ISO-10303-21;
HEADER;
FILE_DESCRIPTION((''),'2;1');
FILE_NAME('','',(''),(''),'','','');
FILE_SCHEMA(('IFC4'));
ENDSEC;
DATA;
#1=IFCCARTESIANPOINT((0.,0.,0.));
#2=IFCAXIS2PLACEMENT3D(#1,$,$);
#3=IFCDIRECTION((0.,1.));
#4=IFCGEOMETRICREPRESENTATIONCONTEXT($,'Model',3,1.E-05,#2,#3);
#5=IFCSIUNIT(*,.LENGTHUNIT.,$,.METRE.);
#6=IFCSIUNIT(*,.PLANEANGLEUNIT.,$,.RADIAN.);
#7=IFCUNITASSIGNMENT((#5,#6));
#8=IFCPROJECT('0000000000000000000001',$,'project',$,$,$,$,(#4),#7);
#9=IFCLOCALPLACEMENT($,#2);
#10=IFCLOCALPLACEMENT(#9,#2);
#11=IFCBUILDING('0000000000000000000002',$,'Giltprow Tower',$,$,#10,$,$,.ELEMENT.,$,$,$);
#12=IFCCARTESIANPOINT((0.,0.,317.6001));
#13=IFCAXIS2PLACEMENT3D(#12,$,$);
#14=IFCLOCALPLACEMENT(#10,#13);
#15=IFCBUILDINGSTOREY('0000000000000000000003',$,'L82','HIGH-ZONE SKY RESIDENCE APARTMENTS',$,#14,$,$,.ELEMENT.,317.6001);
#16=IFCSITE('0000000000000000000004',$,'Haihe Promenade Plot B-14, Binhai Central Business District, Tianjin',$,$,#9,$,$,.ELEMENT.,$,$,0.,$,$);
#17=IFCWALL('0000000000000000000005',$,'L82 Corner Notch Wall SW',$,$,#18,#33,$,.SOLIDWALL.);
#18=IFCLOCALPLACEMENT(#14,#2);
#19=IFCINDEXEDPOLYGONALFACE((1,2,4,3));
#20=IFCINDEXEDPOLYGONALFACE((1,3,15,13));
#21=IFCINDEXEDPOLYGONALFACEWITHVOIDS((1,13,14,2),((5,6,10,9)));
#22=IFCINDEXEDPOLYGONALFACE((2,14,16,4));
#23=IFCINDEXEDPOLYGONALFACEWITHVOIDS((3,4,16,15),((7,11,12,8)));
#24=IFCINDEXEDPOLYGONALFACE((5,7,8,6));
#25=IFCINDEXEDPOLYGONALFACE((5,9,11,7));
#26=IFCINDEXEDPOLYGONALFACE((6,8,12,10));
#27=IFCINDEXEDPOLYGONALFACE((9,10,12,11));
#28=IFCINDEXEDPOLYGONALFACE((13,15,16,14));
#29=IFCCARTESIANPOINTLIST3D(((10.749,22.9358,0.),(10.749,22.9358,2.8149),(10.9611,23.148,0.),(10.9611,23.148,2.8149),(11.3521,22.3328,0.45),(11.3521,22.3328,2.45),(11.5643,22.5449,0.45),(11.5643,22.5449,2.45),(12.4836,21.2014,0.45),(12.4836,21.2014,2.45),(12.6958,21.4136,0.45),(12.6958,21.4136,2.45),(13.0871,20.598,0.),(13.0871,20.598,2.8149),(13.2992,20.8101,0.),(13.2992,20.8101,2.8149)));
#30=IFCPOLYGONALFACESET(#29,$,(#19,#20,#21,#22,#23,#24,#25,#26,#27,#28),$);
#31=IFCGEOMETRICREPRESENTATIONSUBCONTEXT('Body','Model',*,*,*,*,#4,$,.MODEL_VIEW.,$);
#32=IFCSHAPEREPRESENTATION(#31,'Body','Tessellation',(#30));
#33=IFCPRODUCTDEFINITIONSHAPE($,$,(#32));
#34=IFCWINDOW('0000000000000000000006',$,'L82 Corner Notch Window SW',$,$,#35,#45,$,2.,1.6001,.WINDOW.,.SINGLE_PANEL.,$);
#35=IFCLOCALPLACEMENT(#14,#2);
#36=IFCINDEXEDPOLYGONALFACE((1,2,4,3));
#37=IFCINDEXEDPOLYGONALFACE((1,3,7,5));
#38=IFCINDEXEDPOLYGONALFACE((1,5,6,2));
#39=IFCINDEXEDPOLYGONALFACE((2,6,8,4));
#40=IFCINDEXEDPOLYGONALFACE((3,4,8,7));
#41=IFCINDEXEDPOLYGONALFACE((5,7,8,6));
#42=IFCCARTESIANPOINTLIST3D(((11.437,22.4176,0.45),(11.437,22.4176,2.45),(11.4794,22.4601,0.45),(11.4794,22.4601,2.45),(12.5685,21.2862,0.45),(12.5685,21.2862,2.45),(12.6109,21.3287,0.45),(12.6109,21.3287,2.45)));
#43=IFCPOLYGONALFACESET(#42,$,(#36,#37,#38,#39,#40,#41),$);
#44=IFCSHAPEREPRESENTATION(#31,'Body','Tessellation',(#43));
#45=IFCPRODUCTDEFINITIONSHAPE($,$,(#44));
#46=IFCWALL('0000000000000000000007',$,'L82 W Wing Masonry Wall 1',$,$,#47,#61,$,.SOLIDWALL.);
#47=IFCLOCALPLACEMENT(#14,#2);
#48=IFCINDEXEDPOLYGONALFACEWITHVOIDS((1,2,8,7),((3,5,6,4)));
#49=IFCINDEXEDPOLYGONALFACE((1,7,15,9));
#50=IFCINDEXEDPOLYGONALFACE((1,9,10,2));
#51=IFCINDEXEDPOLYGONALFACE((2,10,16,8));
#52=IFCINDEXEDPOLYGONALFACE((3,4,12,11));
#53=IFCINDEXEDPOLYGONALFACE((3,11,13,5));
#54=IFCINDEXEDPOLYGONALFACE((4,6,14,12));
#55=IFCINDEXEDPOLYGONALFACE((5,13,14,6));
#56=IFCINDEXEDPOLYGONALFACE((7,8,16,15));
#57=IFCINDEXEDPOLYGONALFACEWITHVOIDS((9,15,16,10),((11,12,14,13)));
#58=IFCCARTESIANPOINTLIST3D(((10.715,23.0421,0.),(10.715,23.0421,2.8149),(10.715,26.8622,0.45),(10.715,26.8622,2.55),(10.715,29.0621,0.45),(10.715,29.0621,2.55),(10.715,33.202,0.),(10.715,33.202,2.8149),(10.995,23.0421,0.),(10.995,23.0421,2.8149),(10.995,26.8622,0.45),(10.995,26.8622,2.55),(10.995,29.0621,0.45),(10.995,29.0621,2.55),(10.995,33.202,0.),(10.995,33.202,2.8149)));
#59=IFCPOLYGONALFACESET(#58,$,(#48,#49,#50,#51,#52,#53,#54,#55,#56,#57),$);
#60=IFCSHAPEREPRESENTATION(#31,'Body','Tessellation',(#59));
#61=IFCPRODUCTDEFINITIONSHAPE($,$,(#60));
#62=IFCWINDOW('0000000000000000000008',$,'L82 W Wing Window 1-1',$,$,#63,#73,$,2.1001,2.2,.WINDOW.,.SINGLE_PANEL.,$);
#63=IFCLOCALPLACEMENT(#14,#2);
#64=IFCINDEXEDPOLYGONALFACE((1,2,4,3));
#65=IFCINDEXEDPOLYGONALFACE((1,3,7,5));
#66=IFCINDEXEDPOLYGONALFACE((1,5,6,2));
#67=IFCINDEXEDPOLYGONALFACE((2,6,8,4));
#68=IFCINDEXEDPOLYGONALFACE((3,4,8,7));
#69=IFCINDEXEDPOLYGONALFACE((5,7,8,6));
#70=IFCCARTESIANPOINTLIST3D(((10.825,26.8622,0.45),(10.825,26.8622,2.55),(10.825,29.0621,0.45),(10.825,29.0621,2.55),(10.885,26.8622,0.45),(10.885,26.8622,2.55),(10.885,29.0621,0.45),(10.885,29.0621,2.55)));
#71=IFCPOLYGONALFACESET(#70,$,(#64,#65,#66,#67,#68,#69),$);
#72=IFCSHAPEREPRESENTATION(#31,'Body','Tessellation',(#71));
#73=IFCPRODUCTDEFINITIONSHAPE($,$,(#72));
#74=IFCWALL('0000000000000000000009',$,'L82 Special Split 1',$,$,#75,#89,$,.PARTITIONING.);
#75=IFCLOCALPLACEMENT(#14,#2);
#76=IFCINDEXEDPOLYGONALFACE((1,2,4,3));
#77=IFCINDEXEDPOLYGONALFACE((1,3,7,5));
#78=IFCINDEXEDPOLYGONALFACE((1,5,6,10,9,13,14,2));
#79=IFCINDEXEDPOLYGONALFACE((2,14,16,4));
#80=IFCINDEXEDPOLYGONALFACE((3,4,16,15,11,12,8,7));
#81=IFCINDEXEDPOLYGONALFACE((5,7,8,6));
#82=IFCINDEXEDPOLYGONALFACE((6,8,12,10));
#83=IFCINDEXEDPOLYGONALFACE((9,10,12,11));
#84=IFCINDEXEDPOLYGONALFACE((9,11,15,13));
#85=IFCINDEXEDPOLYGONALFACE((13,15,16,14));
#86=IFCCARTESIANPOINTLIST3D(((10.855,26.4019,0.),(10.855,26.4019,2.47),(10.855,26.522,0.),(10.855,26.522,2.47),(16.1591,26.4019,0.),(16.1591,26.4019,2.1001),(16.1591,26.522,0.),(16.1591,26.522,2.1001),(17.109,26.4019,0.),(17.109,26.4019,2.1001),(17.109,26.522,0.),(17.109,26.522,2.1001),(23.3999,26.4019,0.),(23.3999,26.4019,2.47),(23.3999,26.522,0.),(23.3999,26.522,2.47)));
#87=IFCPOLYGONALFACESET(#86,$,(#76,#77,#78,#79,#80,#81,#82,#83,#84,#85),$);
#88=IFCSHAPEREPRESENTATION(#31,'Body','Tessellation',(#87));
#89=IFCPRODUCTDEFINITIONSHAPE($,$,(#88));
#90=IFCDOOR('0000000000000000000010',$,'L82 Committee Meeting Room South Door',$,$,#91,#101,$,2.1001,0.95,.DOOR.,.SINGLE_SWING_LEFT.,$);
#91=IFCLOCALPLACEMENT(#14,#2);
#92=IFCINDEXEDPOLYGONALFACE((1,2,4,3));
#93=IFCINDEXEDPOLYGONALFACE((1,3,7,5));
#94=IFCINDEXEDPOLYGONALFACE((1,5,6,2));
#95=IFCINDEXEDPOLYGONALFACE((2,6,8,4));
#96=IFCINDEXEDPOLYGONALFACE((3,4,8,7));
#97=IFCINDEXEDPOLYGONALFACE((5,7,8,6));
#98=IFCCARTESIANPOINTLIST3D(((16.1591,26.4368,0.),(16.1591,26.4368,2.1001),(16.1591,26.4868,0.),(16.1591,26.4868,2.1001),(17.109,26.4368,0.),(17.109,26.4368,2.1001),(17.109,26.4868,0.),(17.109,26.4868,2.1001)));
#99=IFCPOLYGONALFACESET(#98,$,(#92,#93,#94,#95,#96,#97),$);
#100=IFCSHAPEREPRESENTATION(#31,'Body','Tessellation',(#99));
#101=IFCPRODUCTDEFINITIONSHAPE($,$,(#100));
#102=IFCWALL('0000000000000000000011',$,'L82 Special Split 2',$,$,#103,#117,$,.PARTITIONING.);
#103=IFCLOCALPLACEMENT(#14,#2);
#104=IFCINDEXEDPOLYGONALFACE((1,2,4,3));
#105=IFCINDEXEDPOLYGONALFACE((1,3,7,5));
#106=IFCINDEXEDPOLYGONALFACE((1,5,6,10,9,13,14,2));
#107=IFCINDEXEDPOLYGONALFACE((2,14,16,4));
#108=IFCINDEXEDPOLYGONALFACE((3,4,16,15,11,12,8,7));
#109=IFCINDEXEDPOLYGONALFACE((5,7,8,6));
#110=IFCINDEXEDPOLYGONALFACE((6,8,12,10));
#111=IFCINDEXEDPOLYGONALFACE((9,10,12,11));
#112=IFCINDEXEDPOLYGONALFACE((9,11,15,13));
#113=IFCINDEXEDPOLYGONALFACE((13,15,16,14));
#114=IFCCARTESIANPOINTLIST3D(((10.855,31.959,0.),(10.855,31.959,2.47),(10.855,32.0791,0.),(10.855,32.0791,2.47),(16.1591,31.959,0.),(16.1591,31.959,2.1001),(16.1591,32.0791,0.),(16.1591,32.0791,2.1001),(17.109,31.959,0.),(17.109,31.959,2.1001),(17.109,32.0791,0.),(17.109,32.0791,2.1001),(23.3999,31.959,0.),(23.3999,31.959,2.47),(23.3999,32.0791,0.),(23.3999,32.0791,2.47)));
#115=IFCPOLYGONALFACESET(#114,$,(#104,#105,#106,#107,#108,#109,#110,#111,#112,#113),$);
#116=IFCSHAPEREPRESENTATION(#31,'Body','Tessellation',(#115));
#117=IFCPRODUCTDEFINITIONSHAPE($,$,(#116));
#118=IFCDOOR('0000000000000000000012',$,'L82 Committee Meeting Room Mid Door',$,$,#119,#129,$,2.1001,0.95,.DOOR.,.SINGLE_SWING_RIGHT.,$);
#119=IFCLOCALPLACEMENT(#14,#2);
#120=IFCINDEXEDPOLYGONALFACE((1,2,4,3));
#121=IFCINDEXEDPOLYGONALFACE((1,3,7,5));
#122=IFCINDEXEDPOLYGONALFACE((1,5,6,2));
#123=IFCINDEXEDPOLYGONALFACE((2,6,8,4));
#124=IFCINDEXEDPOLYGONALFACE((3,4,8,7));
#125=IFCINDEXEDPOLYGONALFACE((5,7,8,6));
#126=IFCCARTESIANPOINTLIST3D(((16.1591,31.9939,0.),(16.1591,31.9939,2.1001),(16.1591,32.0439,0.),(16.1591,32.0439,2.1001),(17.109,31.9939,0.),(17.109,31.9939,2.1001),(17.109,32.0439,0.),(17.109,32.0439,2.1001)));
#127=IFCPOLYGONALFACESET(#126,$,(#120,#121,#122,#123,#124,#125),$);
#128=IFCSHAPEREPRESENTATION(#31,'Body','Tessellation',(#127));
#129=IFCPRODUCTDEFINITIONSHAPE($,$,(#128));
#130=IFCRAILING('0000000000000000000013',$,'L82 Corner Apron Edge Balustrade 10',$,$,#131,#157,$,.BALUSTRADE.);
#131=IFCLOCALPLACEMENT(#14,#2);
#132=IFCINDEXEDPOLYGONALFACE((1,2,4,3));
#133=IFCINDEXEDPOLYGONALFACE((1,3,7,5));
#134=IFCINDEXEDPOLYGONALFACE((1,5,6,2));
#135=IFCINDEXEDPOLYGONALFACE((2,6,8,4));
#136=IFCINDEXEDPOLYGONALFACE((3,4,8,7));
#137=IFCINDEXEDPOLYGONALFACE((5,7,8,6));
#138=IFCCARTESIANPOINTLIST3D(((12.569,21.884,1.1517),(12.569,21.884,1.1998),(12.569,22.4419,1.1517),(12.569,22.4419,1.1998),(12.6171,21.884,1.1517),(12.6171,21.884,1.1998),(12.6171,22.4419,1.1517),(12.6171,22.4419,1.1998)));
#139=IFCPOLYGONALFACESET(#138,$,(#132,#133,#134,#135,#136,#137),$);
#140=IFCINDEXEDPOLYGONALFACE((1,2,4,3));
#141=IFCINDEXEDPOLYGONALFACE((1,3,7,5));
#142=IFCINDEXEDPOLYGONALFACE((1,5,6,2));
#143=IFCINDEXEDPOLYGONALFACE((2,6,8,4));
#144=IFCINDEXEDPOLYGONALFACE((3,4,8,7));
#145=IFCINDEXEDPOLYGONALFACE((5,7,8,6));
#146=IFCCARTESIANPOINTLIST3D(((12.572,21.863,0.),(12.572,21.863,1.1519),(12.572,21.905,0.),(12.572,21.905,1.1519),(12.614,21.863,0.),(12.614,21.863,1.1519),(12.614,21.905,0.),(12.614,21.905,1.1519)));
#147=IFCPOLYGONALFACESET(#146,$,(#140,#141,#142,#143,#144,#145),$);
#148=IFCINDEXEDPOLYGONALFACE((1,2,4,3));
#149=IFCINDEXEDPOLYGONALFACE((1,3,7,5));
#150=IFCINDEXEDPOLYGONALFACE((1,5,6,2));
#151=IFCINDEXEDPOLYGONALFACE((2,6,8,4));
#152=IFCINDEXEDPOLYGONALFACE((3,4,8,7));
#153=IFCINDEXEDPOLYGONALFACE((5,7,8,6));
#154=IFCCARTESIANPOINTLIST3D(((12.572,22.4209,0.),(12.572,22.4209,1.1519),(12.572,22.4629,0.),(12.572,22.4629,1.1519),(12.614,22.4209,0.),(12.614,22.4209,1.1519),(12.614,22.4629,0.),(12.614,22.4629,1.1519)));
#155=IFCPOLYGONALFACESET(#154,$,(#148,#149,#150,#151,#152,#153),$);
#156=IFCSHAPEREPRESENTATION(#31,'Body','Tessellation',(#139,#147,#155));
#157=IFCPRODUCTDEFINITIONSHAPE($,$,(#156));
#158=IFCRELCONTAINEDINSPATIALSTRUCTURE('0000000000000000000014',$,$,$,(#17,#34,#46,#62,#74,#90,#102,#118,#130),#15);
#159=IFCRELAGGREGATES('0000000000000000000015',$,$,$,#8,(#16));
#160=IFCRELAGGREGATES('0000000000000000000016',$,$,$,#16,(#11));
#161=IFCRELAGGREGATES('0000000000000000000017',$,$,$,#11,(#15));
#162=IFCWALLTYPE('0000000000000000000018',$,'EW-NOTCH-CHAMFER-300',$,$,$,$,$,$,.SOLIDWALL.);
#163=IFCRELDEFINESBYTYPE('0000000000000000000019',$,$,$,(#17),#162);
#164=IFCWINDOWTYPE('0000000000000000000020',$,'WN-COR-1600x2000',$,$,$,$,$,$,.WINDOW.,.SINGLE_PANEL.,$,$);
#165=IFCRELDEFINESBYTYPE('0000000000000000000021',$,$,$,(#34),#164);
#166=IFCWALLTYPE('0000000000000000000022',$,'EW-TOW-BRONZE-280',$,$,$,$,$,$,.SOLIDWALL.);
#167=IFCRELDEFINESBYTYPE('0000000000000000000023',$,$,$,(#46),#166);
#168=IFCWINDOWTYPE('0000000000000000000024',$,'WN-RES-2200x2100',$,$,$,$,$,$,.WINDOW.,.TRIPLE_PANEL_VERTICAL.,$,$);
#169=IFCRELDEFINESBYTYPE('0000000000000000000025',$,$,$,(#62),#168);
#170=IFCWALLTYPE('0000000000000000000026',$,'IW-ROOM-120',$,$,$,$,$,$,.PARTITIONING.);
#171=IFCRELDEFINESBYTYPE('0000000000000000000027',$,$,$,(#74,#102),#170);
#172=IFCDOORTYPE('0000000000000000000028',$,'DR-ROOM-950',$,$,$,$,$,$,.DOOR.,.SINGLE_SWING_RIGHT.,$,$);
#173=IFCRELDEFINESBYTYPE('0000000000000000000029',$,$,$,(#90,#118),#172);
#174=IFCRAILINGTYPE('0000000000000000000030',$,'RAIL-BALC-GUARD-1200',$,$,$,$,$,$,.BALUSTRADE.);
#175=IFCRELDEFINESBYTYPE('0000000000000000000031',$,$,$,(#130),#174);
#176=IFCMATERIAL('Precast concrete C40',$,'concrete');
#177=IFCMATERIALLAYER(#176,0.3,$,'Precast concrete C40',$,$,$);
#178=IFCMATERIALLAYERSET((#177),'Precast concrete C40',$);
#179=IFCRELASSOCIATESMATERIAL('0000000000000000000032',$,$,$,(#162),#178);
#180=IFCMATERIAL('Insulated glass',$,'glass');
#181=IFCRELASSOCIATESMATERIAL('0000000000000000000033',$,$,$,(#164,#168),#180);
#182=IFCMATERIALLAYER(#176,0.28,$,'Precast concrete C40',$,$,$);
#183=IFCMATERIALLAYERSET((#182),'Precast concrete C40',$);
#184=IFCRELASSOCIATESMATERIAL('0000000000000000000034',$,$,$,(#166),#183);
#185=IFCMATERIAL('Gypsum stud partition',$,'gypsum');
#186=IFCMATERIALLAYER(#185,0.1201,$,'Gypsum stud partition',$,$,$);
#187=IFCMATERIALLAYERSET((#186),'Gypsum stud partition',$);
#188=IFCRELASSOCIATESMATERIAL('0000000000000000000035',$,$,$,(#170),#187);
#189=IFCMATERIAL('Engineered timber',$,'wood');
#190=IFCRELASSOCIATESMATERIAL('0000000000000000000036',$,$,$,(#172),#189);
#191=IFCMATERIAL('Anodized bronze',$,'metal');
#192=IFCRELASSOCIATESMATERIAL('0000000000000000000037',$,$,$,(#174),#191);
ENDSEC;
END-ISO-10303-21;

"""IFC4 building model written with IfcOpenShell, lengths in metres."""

from ifc_helpers import new_model, si_unit, direction, frame, frame_2d, origin, origin_2d, place, context, subcontext, project, spatial, rectangle, extrude, source, transform, mapped, material, layer, layer_set, type_object, element, fill, save


model = new_model("IFC4")

# Units and contexts
model_context = context("Model", 3, precision=1e-05, world=origin(), true_north=direction((0.0, 1.0)))
body_context = subcontext(model_context, "Body", "Model", "MODEL_VIEW")
ifc_project = project(units=[si_unit("LENGTHUNIT", "METRE"), si_unit("PLANEANGLEUNIT", "RADIAN")], contexts=[model_context])

# Site, building, storey
site_placement = place(None, origin())
site = spatial("IfcSite", under=ifc_project, at=site_placement, Name="Haihe Promenade Plot B-14, Binhai Central Business District, Tianjin", CompositionType="ELEMENT", RefElevation=0.0)
building_placement = place(site_placement, origin())
building = spatial("IfcBuilding", under=site, at=building_placement, Name="Giltprow Tower", CompositionType="ELEMENT")
storey_placement = place(building_placement, frame((0.0, 0.0, 317.6001)))
storey = spatial("IfcBuildingStorey", under=building, at=storey_placement, Name="L82", Description="HIGH-ZONE SKY RESIDENCE APARTMENTS", CompositionType="ELEMENT", Elevation=317.6001)

# Walls, openings, windows
ifc_material_1 = material(Name="Precast concrete C40", Category="concrete")
ifc_layer_1 = layer(ifc_material_1, 0.3, Name="Precast concrete C40")
ifc_layer_set_1 = layer_set([ifc_layer_1], Name="Precast concrete C40")
wall_type_1 = type_object("IfcWallType", Name="EW-NOTCH-CHAMFER-300", PredefinedType="SOLIDWALL", material=ifc_layer_set_1)
wall_1_placement = place(storey_placement, frame((10.855, 23.042, 0.0), z_axis=(0.0, 0.0, 1.0), x_axis=(0.707144, -0.70707, 0.0)))
wall_1 = element("IfcWall", 1, at=wall_1_placement, inside=storey, type_object=wall_type_1, Name="L82 Corner Notch Wall SW", PredefinedType="SOLIDWALL", context=body_context, shape_type="SweptSolid", body=[
    extrude(rectangle(XDim=3.3064, YDim=0.3, at=frame_2d((1.6533, 0.0))), origin(), (0.0, 0.0, 1.0), 2.8149),
])
opening_1_placement = place(wall_1_placement, frame((0.853, 0.0, 0.45)))
opening_1 = element("IfcOpeningElement", 2, at=opening_1_placement, cuts=wall_1, PredefinedType="OPENING", context=body_context, shape_type="SweptSolid", body=[
    extrude(rectangle(XDim=1.6001, YDim=2.0, at=frame_2d((0.8, 1.0))), frame((0.0, 0.1599, 0.0), z_axis=(0.0, -1.0, 0.0), x_axis=(1.0, 0.0, 0.0)), (0.0, 0.0, 1.0), 0.3201),
])
ifc_material_2 = material(Name="Insulated glass", Category="glass")
window_type_1 = type_object("IfcWindowType", Name="WN-COR-1600x2000", PartitioningType="SINGLE_PANEL", PredefinedType="WINDOW", material=ifc_material_2)
shared_shape_1 = source(origin(), body_context, "Body", "SweptSolid", [
    extrude(rectangle(XDim=1.6001, YDim=2.0, at=frame_2d((0.8, 1.0))), frame((0.0, 0.03, 0.0), z_axis=(0.0, -1.0, 0.0), x_axis=(1.0, 0.0, 0.0)), (0.0, 0.0, 1.0), 0.0601),
])
window_1_placement = place(opening_1_placement, origin())
window_1 = element("IfcWindow", 3, at=window_1_placement, inside=storey, type_object=window_type_1, Name="L82 Corner Notch Window SW", OverallHeight=2.0, OverallWidth=1.6001, PartitioningType="SINGLE_PANEL", PredefinedType="WINDOW", context=body_context, shape_type="MappedRepresentation", body=[
    mapped(shared_shape_1, transform((0.0, 0.0, 0.0), x_axis=(1.0, 0.0, 0.0), y_axis=(0.0, 1.0, 0.0), z_axis=(0.0, 0.0, 1.0), scale=1.0)),
])
fill(opening_1, window_1)
ifc_layer_2 = layer(ifc_material_1, 0.28, Name="Precast concrete C40")
ifc_layer_set_2 = layer_set([ifc_layer_2], Name="Precast concrete C40")
wall_type_2 = type_object("IfcWallType", Name="EW-TOW-BRONZE-280", PredefinedType="SOLIDWALL", material=ifc_layer_set_2)
wall_2_placement = place(storey_placement, frame((10.855, 23.042, 0.0), z_axis=(0.0, 0.0, 1.0), x_axis=(0.0, 1.0, 0.0)))
wall_2 = element("IfcWall", 4, at=wall_2_placement, inside=storey, type_object=wall_type_2, Name="L82 W Wing Masonry Wall 1", PredefinedType="SOLIDWALL", context=body_context, shape_type="SweptSolid", body=[
    extrude(rectangle(XDim=10.1599, YDim=0.28, at=frame_2d((5.0801, 0.0))), origin(), (0.0, 0.0, 1.0), 2.8149),
])
opening_2_placement = place(wall_2_placement, frame((3.8201, 0.0, 0.45)))
opening_2 = element("IfcOpeningElement", 5, at=opening_2_placement, cuts=wall_2, PredefinedType="OPENING", context=body_context, shape_type="SweptSolid", body=[
    extrude(rectangle(XDim=2.2, YDim=2.1001, at=frame_2d((1.1001, 1.05))), frame((0.0, 0.1499, 0.0), z_axis=(0.0, -1.0, 0.0), x_axis=(1.0, 0.0, 0.0)), (0.0, 0.0, 1.0), 0.3),
])
window_type_2 = type_object("IfcWindowType", Name="WN-RES-2200x2100", PartitioningType="TRIPLE_PANEL_VERTICAL", PredefinedType="WINDOW", material=ifc_material_2)
shared_shape_2 = source(origin(), body_context, "Body", "SweptSolid", [
    extrude(rectangle(XDim=2.2, YDim=2.1001, at=frame_2d((1.1001, 1.05))), frame((0.0, 0.03, 0.0), z_axis=(0.0, -1.0, 0.0), x_axis=(1.0, 0.0, 0.0)), (0.0, 0.0, 1.0), 0.0601),
])
window_2_placement = place(opening_2_placement, origin())
window_2 = element("IfcWindow", 6, at=window_2_placement, inside=storey, type_object=window_type_2, Name="L82 W Wing Window 1-1", OverallHeight=2.1001, OverallWidth=2.2, PartitioningType="SINGLE_PANEL", PredefinedType="WINDOW", context=body_context, shape_type="MappedRepresentation", body=[
    mapped(shared_shape_2, transform((0.0, 0.0, 0.0), x_axis=(1.0, 0.0, 0.0), y_axis=(0.0, 1.0, 0.0), z_axis=(0.0, 0.0, 1.0), scale=1.0)),
])
fill(opening_2, window_2)

# Walls, openings, doors
ifc_material_3 = material(Name="Gypsum stud partition", Category="gypsum")
ifc_layer_3 = layer(ifc_material_3, 0.1201, Name="Gypsum stud partition")
ifc_layer_set_3 = layer_set([ifc_layer_3], Name="Gypsum stud partition")
wall_type_3 = type_object("IfcWallType", Name="IW-ROOM-120", PredefinedType="PARTITIONING", material=ifc_layer_set_3)
wall_3_placement = place(storey_placement, frame((10.855, 26.4619, 0.0), z_axis=(0.0, 0.0, 1.0), x_axis=(1.0, 0.0, 0.0)))
wall_3 = element("IfcWall", 7, at=wall_3_placement, inside=storey, type_object=wall_type_3, Name="L82 Special Split 1", PredefinedType="PARTITIONING", context=body_context, shape_type="SweptSolid", body=[
    extrude(rectangle(XDim=12.5449, YDim=0.1201, at=frame_2d((6.2725, 0.0))), origin(), (0.0, 0.0, 1.0), 2.47),
])
opening_3_placement = place(wall_3_placement, frame((5.304, 0.0, 0.0)))
opening_3 = element("IfcOpeningElement", 8, at=opening_3_placement, cuts=wall_3, PredefinedType="OPENING", context=body_context, shape_type="SweptSolid", body=[
    extrude(rectangle(XDim=0.95, YDim=2.1001, at=frame_2d((0.4751, 1.05))), frame((0.0, 0.0701, 0.0), z_axis=(0.0, -1.0, 0.0), x_axis=(1.0, 0.0, 0.0)), (0.0, 0.0, 1.0), 0.1401),
])
ifc_material_4 = material(Name="Engineered timber", Category="wood")
door_type = type_object("IfcDoorType", Name="DR-ROOM-950", OperationType="SINGLE_SWING_RIGHT", PredefinedType="DOOR", material=ifc_material_4)
shared_shape_3 = source(origin(), body_context, "Body", "SweptSolid", [
    extrude(rectangle(XDim=0.95, YDim=2.1001, at=frame_2d((0.4751, 1.05))), frame((0.0, 0.0249, 0.0), z_axis=(0.0, -1.0, 0.0), x_axis=(1.0, 0.0, 0.0)), (0.0, 0.0, 1.0), 0.05),
])
door_1_placement = place(opening_3_placement, origin())
door_1 = element("IfcDoor", 9, at=door_1_placement, inside=storey, type_object=door_type, Name="L82 Committee Meeting Room South Door", OperationType="SINGLE_SWING_LEFT", OverallHeight=2.1001, OverallWidth=0.95, PredefinedType="DOOR", context=body_context, shape_type="MappedRepresentation", body=[
    mapped(shared_shape_3, transform((0.0, 0.0, 0.0), x_axis=(1.0, 0.0, 0.0), y_axis=(0.0, 1.0, 0.0), z_axis=(0.0, 0.0, 1.0), scale=1.0)),
])
fill(opening_3, door_1)
wall_4_placement = place(storey_placement, frame((10.855, 32.019, 0.0), z_axis=(0.0, 0.0, 1.0), x_axis=(1.0, 0.0, 0.0)))
wall_4 = element("IfcWall", 10, at=wall_4_placement, inside=storey, type_object=wall_type_3, Name="L82 Special Split 2", PredefinedType="PARTITIONING", context=body_context, shape_type="SweptSolid", body=[
    extrude(rectangle(XDim=12.5449, YDim=0.1201, at=frame_2d((6.2725, 0.0))), origin(), (0.0, 0.0, 1.0), 2.47),
])
opening_4_placement = place(wall_4_placement, frame((5.304, 0.0, 0.0)))
opening_4 = element("IfcOpeningElement", 11, at=opening_4_placement, cuts=wall_4, PredefinedType="OPENING", context=body_context, shape_type="SweptSolid", body=[
    extrude(rectangle(XDim=0.95, YDim=2.1001, at=frame_2d((0.4751, 1.05))), frame((0.0, 0.0701, 0.0), z_axis=(0.0, -1.0, 0.0), x_axis=(1.0, 0.0, 0.0)), (0.0, 0.0, 1.0), 0.1401),
])
door_2_placement = place(opening_4_placement, origin())
door_2 = element("IfcDoor", 12, at=door_2_placement, inside=storey, type_object=door_type, Name="L82 Committee Meeting Room Mid Door", OperationType="SINGLE_SWING_RIGHT", OverallHeight=2.1001, OverallWidth=0.95, PredefinedType="DOOR", context=body_context, shape_type="MappedRepresentation", body=[
    mapped(shared_shape_3, transform((0.0, 0.0, 0.0), x_axis=(1.0, 0.0, 0.0), y_axis=(0.0, 1.0, 0.0), z_axis=(0.0, 0.0, 1.0), scale=1.0)),
])
fill(opening_4, door_2)

# Railing
ifc_material_5 = material(Name="Anodized bronze", Category="metal")
railing_type = type_object("IfcRailingType", Name="RAIL-BALC-GUARD-1200", PredefinedType="BALUSTRADE", material=ifc_material_5)
railing_1_placement = place(storey_placement, frame((12.593, 21.884, 0.0)))
element("IfcRailing", 13, at=railing_1_placement, inside=storey, type_object=railing_type, Name="L82 Corner Apron Edge Balustrade 10", PredefinedType="BALUSTRADE", context=body_context, shape_type="SweptSolid", body=[
    extrude(rectangle(XDim=0.0481, YDim=0.0481, at=origin_2d()), frame((0.0, 0.0, 1.1758), z_axis=(0.0, 1.0, 0.0), x_axis=(-1.0, 0.0, 0.0)), (0.0, 0.0, 1.0), 0.5579),
    extrude(rectangle(XDim=0.042, YDim=0.042, at=origin_2d()), origin(), (0.0, 0.0, 1.0), 1.1519),
    extrude(rectangle(XDim=0.042, YDim=0.042, at=origin_2d()), frame((0.0, 0.5579, 0.0)), (0.0, 0.0, 1.0), 1.1519),
])

save(model, "model.ifc")
